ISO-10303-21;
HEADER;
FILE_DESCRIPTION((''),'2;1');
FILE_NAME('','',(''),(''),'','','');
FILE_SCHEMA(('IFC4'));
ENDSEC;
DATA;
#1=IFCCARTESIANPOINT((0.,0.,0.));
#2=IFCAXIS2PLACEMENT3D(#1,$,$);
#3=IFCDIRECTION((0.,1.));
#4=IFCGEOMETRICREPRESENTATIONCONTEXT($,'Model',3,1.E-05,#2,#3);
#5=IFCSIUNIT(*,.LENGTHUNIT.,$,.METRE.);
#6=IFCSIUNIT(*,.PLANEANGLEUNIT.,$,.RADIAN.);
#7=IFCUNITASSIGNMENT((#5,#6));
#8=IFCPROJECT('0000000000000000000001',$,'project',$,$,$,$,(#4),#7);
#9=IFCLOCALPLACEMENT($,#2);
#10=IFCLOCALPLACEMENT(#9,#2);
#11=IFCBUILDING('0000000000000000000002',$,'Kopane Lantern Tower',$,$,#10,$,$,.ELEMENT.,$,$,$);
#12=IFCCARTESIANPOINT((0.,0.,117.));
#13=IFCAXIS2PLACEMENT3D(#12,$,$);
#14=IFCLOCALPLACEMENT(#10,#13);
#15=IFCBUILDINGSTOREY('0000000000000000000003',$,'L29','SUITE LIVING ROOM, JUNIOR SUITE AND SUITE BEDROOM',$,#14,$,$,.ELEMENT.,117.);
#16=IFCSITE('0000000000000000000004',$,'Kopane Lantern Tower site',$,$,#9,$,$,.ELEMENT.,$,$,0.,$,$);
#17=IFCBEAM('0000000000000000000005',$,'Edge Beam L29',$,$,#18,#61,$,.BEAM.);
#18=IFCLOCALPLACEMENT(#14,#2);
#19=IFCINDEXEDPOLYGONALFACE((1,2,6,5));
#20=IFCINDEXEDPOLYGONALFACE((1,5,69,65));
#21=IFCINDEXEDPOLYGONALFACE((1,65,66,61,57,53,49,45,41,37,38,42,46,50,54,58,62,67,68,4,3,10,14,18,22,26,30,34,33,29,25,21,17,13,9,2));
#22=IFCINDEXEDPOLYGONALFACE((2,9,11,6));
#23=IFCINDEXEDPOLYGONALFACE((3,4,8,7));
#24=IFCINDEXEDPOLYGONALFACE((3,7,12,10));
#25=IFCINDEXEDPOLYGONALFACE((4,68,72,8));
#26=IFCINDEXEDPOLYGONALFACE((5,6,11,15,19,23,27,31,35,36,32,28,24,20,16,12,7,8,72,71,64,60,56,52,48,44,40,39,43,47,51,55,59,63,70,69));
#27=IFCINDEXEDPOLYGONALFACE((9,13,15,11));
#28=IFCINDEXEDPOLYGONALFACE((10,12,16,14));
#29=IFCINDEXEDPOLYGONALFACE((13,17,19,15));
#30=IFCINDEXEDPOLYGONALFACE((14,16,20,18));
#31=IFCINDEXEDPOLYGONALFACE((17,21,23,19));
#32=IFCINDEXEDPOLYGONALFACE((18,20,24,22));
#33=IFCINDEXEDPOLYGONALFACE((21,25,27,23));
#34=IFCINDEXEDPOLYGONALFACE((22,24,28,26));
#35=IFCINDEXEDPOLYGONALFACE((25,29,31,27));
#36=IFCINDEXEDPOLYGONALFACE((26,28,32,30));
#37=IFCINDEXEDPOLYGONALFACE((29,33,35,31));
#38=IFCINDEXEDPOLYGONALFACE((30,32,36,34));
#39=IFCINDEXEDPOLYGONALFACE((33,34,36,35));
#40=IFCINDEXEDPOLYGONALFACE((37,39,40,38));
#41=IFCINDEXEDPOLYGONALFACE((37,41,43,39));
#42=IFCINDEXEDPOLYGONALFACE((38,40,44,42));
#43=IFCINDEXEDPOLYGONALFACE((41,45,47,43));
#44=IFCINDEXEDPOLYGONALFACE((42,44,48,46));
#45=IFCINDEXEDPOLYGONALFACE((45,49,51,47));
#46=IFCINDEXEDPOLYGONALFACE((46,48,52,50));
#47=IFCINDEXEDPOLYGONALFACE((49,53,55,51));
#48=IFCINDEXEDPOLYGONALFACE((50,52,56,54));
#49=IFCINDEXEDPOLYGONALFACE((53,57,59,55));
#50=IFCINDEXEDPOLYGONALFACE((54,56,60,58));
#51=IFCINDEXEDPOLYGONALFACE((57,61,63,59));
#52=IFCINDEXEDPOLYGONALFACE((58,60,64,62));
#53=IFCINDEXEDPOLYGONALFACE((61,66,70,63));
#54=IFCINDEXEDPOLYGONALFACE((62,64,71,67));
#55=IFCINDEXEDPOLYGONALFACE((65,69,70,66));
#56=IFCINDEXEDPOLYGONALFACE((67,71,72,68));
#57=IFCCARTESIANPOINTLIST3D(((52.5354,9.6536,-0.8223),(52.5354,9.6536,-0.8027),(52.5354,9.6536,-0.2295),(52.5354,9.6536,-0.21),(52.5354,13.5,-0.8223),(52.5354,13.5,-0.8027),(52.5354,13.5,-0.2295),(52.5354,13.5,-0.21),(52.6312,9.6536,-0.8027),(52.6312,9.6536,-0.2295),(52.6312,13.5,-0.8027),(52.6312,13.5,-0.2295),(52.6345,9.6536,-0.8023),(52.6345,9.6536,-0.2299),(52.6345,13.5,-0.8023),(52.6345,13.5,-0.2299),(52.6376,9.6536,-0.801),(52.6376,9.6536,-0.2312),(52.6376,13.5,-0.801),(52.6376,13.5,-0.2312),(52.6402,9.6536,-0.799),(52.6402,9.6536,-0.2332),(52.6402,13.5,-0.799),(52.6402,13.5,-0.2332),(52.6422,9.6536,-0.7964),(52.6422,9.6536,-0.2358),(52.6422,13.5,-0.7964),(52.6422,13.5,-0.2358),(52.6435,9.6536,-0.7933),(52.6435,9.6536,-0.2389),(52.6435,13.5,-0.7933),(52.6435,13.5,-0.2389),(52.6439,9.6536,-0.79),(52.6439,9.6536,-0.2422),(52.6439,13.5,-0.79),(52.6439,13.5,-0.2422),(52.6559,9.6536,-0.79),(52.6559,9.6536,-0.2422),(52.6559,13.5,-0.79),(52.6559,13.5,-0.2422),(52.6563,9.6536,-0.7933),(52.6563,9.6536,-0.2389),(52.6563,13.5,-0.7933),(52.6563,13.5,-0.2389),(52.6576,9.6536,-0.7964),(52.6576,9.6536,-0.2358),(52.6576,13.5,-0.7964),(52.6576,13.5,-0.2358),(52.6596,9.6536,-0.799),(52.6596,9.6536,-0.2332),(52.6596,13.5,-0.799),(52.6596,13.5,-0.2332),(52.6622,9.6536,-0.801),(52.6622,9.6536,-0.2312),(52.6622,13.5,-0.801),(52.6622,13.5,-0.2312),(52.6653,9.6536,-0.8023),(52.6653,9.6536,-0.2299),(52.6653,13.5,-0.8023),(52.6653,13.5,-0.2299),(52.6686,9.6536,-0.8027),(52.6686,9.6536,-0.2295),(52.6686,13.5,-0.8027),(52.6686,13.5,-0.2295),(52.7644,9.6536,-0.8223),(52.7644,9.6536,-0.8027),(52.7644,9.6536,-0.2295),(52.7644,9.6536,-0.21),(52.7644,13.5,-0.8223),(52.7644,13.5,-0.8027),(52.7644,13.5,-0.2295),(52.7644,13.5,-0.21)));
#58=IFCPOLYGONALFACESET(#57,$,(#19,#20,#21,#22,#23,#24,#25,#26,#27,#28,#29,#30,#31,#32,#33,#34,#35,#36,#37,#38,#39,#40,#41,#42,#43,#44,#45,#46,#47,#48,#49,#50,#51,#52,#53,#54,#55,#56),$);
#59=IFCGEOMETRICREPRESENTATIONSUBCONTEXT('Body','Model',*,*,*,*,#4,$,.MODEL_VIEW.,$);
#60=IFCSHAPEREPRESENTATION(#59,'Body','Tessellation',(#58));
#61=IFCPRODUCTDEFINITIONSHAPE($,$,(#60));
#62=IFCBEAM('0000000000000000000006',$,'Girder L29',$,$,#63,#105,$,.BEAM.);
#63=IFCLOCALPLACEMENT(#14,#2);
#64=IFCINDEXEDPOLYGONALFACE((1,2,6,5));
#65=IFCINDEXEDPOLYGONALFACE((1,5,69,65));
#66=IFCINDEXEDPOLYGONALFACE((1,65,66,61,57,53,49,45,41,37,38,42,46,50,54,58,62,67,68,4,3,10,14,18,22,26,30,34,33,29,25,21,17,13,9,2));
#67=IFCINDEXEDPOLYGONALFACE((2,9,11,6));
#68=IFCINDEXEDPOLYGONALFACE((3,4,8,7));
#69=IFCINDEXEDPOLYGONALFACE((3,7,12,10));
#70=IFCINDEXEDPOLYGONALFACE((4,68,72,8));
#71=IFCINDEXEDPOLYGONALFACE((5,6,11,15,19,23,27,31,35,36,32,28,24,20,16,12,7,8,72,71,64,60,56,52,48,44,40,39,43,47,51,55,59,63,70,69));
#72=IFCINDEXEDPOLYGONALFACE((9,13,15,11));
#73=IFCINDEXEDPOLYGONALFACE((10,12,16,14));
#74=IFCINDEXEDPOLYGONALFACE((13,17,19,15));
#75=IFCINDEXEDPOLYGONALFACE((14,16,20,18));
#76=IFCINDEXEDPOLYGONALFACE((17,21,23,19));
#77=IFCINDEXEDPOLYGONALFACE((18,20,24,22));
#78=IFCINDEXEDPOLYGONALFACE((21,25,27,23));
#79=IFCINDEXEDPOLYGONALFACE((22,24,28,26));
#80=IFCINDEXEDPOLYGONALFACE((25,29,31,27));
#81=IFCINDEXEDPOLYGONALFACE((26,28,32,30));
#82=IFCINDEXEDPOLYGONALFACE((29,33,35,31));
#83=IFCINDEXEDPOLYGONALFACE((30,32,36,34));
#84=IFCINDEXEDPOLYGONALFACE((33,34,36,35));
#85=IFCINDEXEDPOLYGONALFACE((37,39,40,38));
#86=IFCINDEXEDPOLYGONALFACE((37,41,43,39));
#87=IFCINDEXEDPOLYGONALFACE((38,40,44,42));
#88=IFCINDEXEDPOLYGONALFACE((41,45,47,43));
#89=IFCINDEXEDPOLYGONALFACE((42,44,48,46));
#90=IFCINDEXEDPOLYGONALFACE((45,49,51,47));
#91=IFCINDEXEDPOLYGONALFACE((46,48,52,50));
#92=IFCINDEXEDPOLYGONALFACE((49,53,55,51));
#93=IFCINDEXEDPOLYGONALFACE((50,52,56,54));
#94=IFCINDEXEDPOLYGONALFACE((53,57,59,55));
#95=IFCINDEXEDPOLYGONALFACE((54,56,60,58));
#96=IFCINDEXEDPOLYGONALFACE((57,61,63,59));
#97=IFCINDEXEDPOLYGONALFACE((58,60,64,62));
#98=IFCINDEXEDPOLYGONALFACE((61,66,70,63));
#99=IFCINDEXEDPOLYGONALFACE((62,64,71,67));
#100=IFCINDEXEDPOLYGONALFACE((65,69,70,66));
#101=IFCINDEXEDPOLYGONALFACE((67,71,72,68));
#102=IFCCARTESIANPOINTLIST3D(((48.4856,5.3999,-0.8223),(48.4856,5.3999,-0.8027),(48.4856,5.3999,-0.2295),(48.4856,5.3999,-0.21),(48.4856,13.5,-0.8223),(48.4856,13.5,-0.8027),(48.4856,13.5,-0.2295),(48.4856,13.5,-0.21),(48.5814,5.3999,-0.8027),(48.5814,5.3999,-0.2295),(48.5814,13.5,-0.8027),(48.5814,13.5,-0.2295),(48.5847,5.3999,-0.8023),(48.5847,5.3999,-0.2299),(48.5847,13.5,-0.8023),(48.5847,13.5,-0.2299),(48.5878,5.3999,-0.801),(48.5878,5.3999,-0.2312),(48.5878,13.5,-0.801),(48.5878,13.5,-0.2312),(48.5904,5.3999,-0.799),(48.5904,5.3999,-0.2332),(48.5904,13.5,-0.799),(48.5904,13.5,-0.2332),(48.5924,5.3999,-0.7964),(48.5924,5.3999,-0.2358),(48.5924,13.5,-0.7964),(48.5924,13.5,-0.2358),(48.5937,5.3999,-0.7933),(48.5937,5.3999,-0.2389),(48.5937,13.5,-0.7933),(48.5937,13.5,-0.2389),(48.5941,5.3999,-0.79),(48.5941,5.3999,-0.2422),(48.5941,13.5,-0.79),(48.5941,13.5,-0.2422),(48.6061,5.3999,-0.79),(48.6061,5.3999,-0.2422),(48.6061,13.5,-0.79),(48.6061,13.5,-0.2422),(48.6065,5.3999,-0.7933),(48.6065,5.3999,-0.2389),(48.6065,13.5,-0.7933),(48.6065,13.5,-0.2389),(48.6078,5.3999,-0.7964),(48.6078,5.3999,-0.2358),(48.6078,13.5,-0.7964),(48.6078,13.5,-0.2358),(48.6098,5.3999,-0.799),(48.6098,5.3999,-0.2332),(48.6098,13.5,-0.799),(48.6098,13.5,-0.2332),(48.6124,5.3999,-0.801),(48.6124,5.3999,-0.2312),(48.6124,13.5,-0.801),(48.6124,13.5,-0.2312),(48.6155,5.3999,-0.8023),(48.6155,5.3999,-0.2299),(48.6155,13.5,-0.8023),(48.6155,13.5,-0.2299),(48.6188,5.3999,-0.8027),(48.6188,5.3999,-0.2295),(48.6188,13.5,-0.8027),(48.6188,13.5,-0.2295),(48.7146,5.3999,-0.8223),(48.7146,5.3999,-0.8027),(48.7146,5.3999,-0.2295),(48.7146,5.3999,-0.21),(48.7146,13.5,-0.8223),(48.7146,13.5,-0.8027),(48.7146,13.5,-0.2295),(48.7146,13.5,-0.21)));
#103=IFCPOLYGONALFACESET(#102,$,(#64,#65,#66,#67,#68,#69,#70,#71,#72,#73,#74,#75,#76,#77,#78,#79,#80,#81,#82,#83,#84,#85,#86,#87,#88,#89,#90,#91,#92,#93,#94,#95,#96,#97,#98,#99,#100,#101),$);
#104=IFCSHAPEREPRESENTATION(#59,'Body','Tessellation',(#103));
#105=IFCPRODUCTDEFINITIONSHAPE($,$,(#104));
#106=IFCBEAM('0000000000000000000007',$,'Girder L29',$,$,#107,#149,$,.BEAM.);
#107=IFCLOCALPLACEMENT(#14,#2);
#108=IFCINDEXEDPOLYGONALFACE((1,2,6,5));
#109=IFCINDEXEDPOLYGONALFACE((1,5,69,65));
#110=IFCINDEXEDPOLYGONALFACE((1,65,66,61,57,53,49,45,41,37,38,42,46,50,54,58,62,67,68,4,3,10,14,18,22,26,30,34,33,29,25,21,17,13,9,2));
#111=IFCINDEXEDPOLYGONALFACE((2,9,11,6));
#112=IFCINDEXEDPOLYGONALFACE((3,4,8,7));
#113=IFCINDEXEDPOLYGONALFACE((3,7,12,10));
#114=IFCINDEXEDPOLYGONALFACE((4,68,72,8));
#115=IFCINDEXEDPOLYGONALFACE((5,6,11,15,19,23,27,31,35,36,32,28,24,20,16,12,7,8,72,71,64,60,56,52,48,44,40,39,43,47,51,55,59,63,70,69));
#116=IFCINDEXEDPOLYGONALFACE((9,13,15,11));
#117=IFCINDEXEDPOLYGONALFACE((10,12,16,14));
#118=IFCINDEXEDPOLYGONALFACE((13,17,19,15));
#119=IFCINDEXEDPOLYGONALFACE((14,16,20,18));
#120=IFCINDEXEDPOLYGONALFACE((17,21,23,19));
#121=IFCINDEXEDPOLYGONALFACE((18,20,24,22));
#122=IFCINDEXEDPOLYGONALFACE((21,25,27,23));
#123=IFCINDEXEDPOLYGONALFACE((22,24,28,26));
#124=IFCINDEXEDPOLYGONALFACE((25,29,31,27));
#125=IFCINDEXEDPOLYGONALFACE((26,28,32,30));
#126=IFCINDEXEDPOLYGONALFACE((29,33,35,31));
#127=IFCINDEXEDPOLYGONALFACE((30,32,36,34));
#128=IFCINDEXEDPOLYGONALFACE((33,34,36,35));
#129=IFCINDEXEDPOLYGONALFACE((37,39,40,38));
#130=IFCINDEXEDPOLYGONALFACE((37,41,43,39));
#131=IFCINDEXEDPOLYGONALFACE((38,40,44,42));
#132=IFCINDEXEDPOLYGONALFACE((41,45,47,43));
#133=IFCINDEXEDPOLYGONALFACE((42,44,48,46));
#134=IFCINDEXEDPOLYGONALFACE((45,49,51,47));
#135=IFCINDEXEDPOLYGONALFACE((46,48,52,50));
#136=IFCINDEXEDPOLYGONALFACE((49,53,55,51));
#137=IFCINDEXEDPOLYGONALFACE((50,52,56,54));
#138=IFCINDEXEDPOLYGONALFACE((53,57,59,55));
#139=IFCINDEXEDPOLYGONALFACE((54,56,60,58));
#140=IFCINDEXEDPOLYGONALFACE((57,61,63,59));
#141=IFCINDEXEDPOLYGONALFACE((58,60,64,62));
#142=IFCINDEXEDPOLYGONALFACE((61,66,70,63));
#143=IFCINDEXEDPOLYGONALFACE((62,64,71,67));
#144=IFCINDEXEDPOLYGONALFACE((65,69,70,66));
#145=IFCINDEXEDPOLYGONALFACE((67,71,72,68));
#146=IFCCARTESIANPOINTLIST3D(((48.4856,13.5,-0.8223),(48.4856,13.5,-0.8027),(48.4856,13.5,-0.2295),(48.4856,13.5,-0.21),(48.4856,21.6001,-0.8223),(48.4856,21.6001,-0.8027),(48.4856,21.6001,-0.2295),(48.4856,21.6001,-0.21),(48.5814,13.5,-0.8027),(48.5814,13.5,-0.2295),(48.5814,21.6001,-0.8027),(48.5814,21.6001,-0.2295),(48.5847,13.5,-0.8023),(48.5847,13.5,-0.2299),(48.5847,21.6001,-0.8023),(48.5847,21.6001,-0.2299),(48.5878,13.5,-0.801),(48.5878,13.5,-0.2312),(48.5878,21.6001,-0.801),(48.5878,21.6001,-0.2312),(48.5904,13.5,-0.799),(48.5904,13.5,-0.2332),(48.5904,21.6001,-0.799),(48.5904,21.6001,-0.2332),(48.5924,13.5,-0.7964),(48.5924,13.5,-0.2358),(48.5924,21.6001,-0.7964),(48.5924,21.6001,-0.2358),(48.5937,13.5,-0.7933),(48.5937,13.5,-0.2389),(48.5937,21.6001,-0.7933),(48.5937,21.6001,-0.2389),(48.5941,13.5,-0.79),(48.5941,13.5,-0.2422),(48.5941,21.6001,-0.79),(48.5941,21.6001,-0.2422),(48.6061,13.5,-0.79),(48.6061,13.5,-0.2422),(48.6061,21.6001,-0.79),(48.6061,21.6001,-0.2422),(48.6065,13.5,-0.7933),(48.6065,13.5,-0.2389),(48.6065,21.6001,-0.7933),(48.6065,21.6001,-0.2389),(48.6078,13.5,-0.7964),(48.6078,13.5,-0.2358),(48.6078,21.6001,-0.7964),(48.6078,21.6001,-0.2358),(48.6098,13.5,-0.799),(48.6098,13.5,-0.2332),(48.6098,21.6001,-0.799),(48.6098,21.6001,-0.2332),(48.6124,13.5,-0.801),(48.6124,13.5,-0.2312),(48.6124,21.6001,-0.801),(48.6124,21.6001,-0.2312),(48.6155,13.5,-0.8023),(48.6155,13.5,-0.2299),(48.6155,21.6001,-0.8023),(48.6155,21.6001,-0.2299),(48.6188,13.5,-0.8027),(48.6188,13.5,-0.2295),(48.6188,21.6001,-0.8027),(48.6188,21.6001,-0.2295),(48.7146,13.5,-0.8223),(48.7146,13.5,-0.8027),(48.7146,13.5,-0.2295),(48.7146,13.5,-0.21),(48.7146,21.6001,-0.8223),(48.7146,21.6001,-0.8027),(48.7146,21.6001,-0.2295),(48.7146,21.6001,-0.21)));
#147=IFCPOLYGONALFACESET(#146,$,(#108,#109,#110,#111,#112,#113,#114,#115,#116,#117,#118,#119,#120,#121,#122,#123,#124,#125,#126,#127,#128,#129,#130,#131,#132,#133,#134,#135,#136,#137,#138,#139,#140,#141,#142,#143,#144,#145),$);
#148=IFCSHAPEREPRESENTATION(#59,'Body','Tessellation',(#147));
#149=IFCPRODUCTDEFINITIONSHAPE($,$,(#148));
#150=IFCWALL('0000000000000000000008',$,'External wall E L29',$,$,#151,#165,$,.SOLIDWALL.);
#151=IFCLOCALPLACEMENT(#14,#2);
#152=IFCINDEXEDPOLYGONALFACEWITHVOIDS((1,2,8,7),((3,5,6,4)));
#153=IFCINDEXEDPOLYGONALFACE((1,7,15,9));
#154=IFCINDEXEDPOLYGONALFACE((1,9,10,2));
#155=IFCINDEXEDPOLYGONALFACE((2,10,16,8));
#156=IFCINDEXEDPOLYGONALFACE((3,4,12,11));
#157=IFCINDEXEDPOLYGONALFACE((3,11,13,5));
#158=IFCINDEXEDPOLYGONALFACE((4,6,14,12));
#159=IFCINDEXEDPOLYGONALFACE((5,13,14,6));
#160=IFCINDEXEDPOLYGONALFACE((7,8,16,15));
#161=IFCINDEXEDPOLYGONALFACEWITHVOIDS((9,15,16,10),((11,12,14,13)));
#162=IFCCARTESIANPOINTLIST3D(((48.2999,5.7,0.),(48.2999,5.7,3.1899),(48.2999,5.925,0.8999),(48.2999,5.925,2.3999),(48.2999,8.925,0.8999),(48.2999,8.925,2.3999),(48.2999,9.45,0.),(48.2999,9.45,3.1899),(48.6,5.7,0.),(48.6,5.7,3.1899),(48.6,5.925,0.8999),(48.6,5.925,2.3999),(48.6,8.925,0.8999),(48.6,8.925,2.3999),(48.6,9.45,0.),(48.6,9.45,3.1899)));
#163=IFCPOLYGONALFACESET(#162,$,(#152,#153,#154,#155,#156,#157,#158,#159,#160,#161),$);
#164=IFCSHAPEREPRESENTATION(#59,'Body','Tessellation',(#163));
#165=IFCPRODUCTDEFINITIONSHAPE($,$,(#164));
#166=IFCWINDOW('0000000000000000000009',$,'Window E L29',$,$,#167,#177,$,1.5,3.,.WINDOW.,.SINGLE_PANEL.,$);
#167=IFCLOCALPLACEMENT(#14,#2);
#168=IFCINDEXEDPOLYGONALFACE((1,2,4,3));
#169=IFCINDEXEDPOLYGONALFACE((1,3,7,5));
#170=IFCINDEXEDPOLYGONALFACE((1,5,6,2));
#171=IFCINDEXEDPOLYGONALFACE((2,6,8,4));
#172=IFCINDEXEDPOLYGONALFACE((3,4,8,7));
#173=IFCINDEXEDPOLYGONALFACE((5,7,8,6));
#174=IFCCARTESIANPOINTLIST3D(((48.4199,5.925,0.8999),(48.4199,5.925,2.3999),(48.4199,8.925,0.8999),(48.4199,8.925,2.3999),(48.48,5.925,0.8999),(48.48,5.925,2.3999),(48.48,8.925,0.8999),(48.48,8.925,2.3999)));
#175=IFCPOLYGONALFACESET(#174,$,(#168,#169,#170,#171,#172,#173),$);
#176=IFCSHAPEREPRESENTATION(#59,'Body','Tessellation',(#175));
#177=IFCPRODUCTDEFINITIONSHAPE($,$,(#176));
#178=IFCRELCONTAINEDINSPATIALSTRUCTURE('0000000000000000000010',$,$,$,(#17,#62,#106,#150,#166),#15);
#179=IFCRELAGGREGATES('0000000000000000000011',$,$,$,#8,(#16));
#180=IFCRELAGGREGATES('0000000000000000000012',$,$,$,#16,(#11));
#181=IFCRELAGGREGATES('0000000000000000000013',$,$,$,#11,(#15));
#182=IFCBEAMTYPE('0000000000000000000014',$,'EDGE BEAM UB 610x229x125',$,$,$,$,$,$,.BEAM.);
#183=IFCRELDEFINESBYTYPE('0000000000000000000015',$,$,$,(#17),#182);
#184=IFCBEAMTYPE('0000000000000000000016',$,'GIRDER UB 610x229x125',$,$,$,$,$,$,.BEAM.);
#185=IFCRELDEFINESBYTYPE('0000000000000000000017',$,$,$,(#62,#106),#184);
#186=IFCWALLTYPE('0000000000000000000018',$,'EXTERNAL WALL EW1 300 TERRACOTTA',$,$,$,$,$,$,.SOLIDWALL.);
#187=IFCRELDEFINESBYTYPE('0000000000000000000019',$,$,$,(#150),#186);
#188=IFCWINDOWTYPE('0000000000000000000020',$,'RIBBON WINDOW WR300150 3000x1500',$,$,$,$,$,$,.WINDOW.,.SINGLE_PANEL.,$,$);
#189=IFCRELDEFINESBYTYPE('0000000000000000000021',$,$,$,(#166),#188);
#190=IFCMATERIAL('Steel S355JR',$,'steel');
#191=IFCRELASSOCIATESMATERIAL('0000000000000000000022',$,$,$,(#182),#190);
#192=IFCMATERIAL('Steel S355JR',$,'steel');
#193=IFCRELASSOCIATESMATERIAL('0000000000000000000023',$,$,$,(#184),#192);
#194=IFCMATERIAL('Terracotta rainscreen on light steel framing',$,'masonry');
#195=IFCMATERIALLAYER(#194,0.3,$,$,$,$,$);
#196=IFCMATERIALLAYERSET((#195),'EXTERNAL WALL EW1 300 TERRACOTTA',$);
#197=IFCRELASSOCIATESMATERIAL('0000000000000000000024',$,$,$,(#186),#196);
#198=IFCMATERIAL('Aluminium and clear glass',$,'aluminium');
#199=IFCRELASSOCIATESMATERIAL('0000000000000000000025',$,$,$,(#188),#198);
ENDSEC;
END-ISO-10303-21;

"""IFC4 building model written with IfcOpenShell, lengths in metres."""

from ifc_helpers import new_model, si_unit, direction, frame, frame_2d, origin, origin_2d, place, context, subcontext, project, spatial, rectangle, i_section, extrude, material, layer, layer_set, material_profile, profile_set, type_object, element, fill, save


model = new_model("IFC4")

# Units and contexts
model_context = context("Model", 3, precision=1e-05, world=origin(), true_north=direction((0.0, 1.0)))
body_context = subcontext(model_context, "Body", "Model", "MODEL_VIEW")
ifc_project = project(units=[si_unit("LENGTHUNIT", "METRE"), si_unit("PLANEANGLEUNIT", "RADIAN")], contexts=[model_context])

# Site, building, storey
site_placement = place(None, origin())
site = spatial("IfcSite", under=ifc_project, at=site_placement, Name="Kopane Lantern Tower site", CompositionType="ELEMENT", RefElevation=0.0)
building_placement = place(site_placement, origin())
building = spatial("IfcBuilding", under=site, at=building_placement, Name="Kopane Lantern Tower", CompositionType="ELEMENT")
storey_placement = place(building_placement, frame((0.0, 0.0, 117.0)))
storey = spatial("IfcBuildingStorey", under=building, at=storey_placement, Name="L29", Description="SUITE LIVING ROOM, JUNIOR SUITE AND SUITE BEDROOM", CompositionType="ELEMENT", Elevation=117.0)

# Beams
ifc_material_1 = material(Name="Steel S355JR", Category="steel")
ifc_material_profile_1 = material_profile(ifc_material_1, i_section(OverallWidth=0.229, OverallDepth=0.6123, WebThickness=0.012, FlangeThickness=0.0195, FilletRadius=0.0127, at=origin_2d()), Name="UB 610x229x125")
ifc_profile_set_1 = profile_set([ifc_material_profile_1], Name="Steel S355JR")
beam_type_1 = type_object("IfcBeamType", Name="EDGE BEAM UB 610x229x125", PredefinedType="BEAM", material=ifc_profile_set_1)
for number, where, z_axis, x_axis, name in (
    (1, (52.6499, 9.6536, -0.5161), (0.0, 1.0, 0.0), (-1.0, 0.0, 0.0), "Edge Beam L29"),
):
    element("IfcBeam", number, at=place(storey_placement, frame(where, z_axis=z_axis, x_axis=x_axis)), inside=storey, type_object=beam_type_1, Name=name, PredefinedType="BEAM", context=body_context, shape_type="SweptSolid", body=[
        extrude(i_section(OverallWidth=0.229, OverallDepth=0.6123, WebThickness=0.012, FlangeThickness=0.0195, FilletRadius=0.0127, at=origin_2d()), origin(), (0.0, 0.0, 1.0), 3.8464),
    ])
ifc_material_2 = material(Name="Steel S355JR", Category="steel")
ifc_material_profile_2 = material_profile(ifc_material_2, i_section(OverallWidth=0.229, OverallDepth=0.6123, WebThickness=0.012, FlangeThickness=0.0195, FilletRadius=0.0127, at=origin_2d()), Name="UB 610x229x125")
ifc_profile_set_2 = profile_set([ifc_material_profile_2], Name="Steel S355JR")
beam_type_2 = type_object("IfcBeamType", Name="GIRDER UB 610x229x125", PredefinedType="BEAM", material=ifc_profile_set_2)
for number, where, z_axis, x_axis, name in (
    (2, (48.6001, 5.3999, -0.5161), (0.0, 1.0, 0.0), (-1.0, 0.0, 0.0), "Girder L29"),
    (3, (48.6001, 13.5, -0.5161), (0.0, 1.0, 0.0), (-1.0, 0.0, 0.0), "Girder L29"),
):
    element("IfcBeam", number, at=place(storey_placement, frame(where, z_axis=z_axis, x_axis=x_axis)), inside=storey, type_object=beam_type_2, Name=name, PredefinedType="BEAM", context=body_context, shape_type="SweptSolid", body=[
        extrude(i_section(OverallWidth=0.229, OverallDepth=0.6123, WebThickness=0.012, FlangeThickness=0.0195, FilletRadius=0.0127, at=origin_2d()), origin(), (0.0, 0.0, 1.0), 8.1001),
    ])

# Wall, opening, window
ifc_material_3 = material(Name="Terracotta rainscreen on light steel framing", Category="masonry")
ifc_layer = layer(ifc_material_3, 0.3)
ifc_layer_set = layer_set([ifc_layer], Name="EXTERNAL WALL EW1 300 TERRACOTTA")
wall_type = type_object("IfcWallType", Name="EXTERNAL WALL EW1 300 TERRACOTTA", PredefinedType="SOLIDWALL", material=ifc_layer_set)
wall_1_placement = place(storey_placement, frame((48.45, 5.7, 0.0), z_axis=(0.0, 0.0, 1.0), x_axis=(0.0, 1.0, 0.0)))
wall_1 = element("IfcWall", 4, at=wall_1_placement, inside=storey, type_object=wall_type, Name="External wall E L29", PredefinedType="SOLIDWALL", context=body_context, shape_type="SweptSolid", body=[
    extrude(rectangle(XDim=3.75, YDim=0.3, at=frame_2d((1.875, 0.0))), origin(), (0.0, 0.0, 1.0), 3.1899),
])
opening_1_placement = place(wall_1_placement, frame((0.2251, 0.0, 0.8999)))
opening_1 = element("IfcOpeningElement", 5, at=opening_1_placement, cuts=wall_1, PredefinedType="OPENING", context=body_context, shape_type="SweptSolid", body=[
    extrude(rectangle(XDim=3.0, YDim=1.5, at=frame_2d((1.5, 0.75))), frame((0.0, 0.1599, 0.0), z_axis=(0.0, -1.0, 0.0), x_axis=(1.0, 0.0, 0.0)), (0.0, 0.0, 1.0), 0.3201),
])
ifc_material_4 = material(Name="Aluminium and clear glass", Category="aluminium")
window_type = type_object("IfcWindowType", Name="RIBBON WINDOW WR300150 3000x1500", PartitioningType="SINGLE_PANEL", PredefinedType="WINDOW", material=ifc_material_4)
window_1_placement = place(opening_1_placement, origin())
window_1 = element("IfcWindow", 6, at=window_1_placement, inside=storey, type_object=window_type, Name="Window E L29", OverallHeight=1.5, OverallWidth=3.0, PartitioningType="SINGLE_PANEL", PredefinedType="WINDOW", context=body_context, shape_type="SweptSolid", body=[
    extrude(rectangle(XDim=3.0, YDim=1.5, at=frame_2d((1.5, 0.75))), frame((0.0, 0.03, 0.0), z_axis=(0.0, -1.0, 0.0), x_axis=(1.0, 0.0, 0.0)), (0.0, 0.0, 1.0), 0.0601),
])
fill(opening_1, window_1)

save(model, "model.ifc")
